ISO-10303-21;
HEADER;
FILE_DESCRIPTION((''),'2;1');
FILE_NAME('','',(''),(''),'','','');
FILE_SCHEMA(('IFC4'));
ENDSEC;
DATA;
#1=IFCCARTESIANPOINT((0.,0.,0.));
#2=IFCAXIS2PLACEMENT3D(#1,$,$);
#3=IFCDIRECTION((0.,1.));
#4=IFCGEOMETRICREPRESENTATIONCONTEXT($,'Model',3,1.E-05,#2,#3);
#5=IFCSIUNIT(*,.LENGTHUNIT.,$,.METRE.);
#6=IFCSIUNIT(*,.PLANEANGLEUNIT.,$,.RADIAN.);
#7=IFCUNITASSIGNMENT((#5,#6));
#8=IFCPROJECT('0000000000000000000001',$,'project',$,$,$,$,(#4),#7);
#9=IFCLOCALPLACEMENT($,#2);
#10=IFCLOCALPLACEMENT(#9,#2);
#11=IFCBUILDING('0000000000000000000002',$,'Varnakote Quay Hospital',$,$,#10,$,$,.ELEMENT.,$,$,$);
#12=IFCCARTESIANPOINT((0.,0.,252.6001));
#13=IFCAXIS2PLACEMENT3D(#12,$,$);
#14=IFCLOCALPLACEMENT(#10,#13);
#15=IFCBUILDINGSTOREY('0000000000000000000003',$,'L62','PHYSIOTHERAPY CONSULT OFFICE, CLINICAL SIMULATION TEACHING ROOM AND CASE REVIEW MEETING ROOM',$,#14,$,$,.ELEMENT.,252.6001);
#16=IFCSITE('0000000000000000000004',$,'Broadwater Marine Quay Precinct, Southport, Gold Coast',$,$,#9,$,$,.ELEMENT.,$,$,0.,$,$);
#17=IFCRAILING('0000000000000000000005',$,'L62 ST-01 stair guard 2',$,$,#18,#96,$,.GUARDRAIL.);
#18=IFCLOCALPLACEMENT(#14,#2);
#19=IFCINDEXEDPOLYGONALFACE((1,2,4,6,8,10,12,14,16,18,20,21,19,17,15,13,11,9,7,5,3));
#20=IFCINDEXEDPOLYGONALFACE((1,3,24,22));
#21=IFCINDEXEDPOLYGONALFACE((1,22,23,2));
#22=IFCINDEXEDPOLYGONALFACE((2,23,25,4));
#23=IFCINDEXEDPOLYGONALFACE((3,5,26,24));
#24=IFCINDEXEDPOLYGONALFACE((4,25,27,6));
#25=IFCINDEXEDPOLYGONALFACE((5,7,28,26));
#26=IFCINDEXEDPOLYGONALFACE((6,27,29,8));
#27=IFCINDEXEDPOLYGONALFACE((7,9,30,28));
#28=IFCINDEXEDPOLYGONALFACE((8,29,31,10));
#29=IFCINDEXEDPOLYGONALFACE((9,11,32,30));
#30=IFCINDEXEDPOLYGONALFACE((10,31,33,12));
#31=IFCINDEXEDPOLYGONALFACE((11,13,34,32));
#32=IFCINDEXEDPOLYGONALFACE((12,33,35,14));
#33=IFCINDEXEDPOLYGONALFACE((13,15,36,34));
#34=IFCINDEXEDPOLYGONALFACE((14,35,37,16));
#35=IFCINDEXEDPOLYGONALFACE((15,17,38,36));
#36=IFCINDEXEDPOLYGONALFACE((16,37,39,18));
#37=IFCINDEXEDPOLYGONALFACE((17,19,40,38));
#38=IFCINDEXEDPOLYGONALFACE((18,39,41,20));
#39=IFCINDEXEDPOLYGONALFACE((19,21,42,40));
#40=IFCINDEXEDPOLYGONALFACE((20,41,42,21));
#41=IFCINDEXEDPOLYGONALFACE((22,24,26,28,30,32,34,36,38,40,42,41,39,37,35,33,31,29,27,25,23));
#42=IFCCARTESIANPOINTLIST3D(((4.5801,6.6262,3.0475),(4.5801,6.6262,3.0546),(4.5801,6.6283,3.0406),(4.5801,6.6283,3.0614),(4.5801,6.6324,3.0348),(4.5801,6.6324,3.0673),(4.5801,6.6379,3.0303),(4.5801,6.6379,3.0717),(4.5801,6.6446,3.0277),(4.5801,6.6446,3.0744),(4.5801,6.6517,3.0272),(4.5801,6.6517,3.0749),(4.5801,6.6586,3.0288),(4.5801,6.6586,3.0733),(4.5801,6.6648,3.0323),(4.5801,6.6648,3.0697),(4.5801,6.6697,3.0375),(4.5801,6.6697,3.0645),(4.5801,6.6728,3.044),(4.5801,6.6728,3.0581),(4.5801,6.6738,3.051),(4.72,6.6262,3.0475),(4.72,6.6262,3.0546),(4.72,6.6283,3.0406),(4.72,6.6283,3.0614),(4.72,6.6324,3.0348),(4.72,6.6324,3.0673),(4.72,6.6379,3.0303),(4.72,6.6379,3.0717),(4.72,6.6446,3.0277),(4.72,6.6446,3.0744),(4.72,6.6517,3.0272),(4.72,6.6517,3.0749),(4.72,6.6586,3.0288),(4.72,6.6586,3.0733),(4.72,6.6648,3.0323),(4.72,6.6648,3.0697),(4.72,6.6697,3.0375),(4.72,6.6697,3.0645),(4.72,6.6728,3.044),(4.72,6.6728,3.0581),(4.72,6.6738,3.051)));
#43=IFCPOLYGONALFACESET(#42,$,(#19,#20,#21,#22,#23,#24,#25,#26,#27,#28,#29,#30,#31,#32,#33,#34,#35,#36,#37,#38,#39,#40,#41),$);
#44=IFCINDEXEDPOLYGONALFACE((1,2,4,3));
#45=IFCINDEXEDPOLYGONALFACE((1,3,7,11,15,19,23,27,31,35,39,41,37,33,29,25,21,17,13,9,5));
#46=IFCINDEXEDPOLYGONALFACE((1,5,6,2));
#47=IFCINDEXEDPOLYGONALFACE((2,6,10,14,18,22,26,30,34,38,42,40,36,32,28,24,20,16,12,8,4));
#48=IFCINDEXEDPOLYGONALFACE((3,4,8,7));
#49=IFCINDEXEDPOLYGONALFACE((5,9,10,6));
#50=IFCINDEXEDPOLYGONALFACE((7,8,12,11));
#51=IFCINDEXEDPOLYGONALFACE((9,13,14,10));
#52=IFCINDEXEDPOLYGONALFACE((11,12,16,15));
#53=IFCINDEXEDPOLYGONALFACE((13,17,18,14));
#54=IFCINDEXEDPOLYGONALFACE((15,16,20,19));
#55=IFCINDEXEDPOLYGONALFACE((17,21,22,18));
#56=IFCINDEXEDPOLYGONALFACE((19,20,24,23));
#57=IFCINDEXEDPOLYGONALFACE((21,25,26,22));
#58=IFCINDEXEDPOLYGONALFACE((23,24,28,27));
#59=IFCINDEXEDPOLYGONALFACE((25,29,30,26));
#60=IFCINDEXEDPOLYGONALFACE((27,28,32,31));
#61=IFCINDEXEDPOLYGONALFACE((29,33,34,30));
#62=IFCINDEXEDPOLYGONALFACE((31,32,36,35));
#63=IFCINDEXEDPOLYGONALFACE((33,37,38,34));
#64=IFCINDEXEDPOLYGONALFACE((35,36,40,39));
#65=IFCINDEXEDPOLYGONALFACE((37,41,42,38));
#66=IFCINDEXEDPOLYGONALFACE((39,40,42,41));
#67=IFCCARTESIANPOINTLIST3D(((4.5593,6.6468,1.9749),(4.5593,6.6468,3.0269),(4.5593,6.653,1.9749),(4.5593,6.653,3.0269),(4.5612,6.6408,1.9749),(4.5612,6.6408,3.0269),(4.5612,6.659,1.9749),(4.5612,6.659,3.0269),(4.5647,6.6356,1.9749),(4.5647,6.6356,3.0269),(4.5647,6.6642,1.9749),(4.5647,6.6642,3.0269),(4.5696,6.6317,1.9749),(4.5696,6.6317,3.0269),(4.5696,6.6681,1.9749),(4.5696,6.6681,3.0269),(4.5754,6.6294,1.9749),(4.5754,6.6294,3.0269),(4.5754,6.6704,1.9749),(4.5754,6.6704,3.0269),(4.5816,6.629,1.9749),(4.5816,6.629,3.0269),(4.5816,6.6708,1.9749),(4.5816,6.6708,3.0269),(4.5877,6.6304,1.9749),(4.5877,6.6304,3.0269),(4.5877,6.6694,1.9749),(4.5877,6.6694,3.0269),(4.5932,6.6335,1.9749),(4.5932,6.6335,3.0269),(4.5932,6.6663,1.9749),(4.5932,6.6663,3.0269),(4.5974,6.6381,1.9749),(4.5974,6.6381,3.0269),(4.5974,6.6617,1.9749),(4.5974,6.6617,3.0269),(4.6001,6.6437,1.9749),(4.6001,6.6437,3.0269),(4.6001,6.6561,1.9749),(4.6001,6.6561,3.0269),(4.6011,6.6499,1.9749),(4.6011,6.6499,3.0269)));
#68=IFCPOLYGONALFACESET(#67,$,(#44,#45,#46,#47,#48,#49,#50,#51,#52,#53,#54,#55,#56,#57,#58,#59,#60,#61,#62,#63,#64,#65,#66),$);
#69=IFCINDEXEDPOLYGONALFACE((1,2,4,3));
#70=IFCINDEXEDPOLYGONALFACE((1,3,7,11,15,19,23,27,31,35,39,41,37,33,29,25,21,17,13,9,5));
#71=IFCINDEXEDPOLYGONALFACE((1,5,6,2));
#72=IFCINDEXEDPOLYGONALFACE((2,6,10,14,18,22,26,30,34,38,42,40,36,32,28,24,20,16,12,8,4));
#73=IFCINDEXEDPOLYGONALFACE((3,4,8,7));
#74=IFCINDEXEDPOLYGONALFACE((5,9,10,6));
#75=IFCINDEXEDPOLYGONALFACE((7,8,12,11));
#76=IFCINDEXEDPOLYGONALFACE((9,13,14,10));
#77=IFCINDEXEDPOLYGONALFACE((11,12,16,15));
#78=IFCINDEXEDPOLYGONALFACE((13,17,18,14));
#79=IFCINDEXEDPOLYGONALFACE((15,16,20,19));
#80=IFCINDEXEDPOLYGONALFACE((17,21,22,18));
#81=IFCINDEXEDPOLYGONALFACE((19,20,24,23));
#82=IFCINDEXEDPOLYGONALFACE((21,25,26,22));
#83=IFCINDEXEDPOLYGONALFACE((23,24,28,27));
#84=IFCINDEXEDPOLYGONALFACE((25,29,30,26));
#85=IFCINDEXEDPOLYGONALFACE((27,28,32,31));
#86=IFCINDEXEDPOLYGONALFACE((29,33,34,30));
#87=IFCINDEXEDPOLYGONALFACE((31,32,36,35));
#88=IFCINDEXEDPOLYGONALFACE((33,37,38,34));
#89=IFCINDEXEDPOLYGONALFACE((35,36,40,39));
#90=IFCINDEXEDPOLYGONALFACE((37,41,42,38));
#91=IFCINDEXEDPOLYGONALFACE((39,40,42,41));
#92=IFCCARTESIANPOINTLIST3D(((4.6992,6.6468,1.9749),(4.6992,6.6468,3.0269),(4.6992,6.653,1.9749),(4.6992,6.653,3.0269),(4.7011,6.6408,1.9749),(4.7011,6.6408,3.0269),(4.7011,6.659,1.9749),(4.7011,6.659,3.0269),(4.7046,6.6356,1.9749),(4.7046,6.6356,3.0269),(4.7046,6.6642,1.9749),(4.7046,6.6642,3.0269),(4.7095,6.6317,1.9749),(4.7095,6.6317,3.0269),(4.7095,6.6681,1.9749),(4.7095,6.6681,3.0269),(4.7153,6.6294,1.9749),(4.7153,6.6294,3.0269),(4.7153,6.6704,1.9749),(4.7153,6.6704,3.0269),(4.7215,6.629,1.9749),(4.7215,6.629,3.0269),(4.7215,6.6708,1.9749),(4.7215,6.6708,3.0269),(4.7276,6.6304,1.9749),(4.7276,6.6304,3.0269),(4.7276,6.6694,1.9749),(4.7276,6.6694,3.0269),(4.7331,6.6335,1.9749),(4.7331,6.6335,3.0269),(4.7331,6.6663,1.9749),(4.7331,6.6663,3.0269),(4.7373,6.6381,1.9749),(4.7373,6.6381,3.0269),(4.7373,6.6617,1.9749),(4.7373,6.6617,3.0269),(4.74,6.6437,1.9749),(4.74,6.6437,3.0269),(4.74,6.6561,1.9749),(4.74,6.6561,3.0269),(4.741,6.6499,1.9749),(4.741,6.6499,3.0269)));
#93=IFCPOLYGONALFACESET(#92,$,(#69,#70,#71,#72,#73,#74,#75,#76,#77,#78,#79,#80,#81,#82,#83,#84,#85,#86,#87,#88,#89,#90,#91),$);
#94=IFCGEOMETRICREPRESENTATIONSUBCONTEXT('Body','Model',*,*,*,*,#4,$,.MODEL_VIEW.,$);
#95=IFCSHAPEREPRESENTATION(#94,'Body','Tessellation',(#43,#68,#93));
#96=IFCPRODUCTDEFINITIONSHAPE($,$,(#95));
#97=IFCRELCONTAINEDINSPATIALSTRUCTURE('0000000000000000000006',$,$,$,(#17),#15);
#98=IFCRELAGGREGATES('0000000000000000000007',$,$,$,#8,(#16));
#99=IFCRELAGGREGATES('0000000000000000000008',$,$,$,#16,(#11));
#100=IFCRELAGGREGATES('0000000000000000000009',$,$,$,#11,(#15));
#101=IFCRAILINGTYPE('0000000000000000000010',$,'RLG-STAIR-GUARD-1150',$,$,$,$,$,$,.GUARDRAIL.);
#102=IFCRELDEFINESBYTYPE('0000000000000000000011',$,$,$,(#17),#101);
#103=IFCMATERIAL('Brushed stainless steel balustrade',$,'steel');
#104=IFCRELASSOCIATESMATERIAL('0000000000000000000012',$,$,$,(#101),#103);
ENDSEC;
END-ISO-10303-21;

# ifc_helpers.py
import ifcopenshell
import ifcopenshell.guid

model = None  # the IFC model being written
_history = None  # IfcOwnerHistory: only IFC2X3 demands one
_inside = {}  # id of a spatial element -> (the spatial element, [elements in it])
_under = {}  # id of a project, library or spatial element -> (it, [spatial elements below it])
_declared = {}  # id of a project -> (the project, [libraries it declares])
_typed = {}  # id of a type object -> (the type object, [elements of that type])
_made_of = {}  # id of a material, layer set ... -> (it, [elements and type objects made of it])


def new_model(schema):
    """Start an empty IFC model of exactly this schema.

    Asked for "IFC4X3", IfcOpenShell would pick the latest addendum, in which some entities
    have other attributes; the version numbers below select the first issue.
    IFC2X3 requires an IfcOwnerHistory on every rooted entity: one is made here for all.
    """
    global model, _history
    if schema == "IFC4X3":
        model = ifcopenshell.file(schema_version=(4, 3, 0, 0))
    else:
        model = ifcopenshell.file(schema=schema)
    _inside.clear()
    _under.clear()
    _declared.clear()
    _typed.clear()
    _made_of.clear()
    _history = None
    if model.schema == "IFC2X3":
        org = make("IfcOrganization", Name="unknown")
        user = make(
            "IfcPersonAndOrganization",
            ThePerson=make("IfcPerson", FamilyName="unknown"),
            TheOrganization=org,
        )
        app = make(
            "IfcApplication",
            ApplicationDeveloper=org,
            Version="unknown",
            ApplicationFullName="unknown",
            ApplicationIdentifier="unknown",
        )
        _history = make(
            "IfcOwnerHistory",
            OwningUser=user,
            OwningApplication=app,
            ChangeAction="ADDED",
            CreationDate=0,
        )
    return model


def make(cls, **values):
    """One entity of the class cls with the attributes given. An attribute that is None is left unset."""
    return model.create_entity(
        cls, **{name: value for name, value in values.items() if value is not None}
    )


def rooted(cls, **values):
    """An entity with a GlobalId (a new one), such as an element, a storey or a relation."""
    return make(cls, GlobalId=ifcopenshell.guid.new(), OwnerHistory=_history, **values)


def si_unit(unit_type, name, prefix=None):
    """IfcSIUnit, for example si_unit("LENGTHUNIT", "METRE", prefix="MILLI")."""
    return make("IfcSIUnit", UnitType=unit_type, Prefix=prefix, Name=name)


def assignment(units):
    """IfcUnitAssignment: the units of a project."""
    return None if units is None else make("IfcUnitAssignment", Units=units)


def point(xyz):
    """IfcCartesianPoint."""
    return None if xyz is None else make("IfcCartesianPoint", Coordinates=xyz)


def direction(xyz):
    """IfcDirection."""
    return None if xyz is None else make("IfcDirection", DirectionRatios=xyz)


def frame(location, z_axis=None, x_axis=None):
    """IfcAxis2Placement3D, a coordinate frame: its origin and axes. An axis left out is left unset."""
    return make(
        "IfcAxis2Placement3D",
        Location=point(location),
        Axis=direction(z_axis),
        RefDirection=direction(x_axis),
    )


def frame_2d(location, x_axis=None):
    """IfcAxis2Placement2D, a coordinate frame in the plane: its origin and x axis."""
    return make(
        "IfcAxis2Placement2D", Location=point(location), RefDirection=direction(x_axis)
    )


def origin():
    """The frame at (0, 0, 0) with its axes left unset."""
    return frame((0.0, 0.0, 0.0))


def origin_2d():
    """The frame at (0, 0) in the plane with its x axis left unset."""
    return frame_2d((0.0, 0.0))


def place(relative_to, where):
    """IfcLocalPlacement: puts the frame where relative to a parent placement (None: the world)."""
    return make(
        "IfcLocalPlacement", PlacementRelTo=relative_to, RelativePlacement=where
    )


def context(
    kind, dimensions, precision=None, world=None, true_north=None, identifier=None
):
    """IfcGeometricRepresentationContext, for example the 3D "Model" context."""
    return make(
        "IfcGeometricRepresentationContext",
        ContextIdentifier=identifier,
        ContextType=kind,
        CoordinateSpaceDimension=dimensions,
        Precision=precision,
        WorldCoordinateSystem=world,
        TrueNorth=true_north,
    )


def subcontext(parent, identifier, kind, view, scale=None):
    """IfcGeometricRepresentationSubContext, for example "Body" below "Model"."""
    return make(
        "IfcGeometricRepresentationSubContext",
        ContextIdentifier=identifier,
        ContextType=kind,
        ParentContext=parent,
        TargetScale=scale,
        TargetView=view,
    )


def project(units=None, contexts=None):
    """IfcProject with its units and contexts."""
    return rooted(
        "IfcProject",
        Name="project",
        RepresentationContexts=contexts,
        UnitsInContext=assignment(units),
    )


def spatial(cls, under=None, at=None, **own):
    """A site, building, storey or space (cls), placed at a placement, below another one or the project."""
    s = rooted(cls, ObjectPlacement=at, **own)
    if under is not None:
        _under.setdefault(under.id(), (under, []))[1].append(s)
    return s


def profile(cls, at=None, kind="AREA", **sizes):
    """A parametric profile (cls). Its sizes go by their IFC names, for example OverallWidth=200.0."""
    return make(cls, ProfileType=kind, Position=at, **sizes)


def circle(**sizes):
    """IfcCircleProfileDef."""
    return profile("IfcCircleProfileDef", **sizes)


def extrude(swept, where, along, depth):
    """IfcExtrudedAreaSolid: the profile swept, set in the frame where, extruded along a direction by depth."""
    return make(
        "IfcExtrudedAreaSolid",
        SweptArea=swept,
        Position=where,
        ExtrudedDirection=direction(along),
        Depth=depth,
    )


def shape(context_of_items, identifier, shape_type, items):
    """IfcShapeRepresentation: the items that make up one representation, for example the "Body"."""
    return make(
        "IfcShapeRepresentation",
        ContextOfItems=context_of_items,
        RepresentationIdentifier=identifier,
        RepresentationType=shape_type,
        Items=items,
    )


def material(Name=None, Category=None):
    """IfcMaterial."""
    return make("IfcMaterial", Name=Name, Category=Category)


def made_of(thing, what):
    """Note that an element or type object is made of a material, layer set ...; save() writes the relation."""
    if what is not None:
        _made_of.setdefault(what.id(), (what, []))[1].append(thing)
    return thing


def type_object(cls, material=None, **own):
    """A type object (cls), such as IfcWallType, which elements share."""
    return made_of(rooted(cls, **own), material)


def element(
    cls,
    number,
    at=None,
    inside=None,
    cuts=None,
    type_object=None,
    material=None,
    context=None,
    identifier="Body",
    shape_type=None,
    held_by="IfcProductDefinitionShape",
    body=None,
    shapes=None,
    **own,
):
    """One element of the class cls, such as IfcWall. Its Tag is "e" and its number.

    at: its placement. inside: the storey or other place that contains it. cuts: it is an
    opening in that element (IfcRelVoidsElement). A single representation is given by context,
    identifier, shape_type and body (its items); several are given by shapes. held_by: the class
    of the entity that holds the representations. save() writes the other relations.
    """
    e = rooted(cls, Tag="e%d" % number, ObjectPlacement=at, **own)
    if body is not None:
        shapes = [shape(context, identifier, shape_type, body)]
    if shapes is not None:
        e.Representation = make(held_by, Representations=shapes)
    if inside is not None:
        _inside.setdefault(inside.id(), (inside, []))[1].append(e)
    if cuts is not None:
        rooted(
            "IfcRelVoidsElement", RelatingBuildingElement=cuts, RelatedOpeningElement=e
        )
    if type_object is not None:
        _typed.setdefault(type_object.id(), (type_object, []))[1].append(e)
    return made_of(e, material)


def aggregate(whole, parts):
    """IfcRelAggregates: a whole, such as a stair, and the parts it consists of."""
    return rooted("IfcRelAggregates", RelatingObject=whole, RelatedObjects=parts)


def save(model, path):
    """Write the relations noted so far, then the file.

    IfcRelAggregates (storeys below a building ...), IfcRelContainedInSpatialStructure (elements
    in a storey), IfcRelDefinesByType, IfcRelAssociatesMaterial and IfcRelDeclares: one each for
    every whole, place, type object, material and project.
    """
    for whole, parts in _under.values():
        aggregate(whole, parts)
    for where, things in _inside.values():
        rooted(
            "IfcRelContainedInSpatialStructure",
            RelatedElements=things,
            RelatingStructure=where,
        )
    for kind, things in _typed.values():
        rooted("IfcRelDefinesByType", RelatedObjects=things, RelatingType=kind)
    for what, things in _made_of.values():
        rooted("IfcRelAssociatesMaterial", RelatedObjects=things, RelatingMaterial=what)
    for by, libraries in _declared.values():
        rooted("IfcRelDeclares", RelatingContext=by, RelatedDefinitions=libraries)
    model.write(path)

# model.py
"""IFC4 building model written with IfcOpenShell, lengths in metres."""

from ifc_helpers import new_model, si_unit, direction, frame, origin, origin_2d, place, context, subcontext, project, spatial, circle, extrude, material, type_object, element, save


model = new_model("IFC4")

# Units and contexts
model_context = context("Model", 3, precision=1e-05, world=origin(), true_north=direction((0.0, 1.0)))
body_context = subcontext(model_context, "Body", "Model", "MODEL_VIEW")
ifc_project = project(units=[si_unit("LENGTHUNIT", "METRE"), si_unit("PLANEANGLEUNIT", "RADIAN")], contexts=[model_context])

# Site, building, storey
site_placement = place(None, origin())
site = spatial("IfcSite", under=ifc_project, at=site_placement, Name="Broadwater Marine Quay Precinct, Southport, Gold Coast", CompositionType="ELEMENT", RefElevation=0.0)
building_placement = place(site_placement, origin())
building = spatial("IfcBuilding", under=site, at=building_placement, Name="Varnakote Quay Hospital", CompositionType="ELEMENT")
storey_placement = place(building_placement, frame((0.0, 0.0, 252.6001)))
storey = spatial("IfcBuildingStorey", under=building, at=storey_placement, Name="L62", Description="PHYSIOTHERAPY CONSULT OFFICE, CLINICAL SIMULATION TEACHING ROOM AND CASE REVIEW MEETING ROOM", CompositionType="ELEMENT", Elevation=252.6001)

# Railing
ifc_material_1 = material(Name="Brushed stainless steel balustrade", Category="steel")
railing_type_1 = type_object("IfcRailingType", Name="RLG-STAIR-GUARD-1150", PredefinedType="GUARDRAIL", material=ifc_material_1)
railing_1_placement = place(storey_placement, frame((4.5801, 6.6499, 1.9749)))
element("IfcRailing", 1, at=railing_1_placement, inside=storey, type_object=railing_type_1, Name="L62 ST-01 stair guard 2", PredefinedType="GUARDRAIL", context=body_context, shape_type="SweptSolid", body=[
    extrude(circle(Radius=0.0239, at=origin_2d()), frame((0.0, 0.0, 1.0762), z_axis=(1.0, 0.0, 0.0), x_axis=(0.0, 1.0, 0.0)), (0.0, 0.0, 1.0), 0.1399),
    extrude(circle(Radius=0.021, at=origin_2d()), origin(), (0.0, 0.0, 1.0), 1.052),
    extrude(circle(Radius=0.021, at=origin_2d()), frame((0.1399, 0.0, 0.0)), (0.0, 0.0, 1.0), 1.052),
])

save(model, "model.ifc")
